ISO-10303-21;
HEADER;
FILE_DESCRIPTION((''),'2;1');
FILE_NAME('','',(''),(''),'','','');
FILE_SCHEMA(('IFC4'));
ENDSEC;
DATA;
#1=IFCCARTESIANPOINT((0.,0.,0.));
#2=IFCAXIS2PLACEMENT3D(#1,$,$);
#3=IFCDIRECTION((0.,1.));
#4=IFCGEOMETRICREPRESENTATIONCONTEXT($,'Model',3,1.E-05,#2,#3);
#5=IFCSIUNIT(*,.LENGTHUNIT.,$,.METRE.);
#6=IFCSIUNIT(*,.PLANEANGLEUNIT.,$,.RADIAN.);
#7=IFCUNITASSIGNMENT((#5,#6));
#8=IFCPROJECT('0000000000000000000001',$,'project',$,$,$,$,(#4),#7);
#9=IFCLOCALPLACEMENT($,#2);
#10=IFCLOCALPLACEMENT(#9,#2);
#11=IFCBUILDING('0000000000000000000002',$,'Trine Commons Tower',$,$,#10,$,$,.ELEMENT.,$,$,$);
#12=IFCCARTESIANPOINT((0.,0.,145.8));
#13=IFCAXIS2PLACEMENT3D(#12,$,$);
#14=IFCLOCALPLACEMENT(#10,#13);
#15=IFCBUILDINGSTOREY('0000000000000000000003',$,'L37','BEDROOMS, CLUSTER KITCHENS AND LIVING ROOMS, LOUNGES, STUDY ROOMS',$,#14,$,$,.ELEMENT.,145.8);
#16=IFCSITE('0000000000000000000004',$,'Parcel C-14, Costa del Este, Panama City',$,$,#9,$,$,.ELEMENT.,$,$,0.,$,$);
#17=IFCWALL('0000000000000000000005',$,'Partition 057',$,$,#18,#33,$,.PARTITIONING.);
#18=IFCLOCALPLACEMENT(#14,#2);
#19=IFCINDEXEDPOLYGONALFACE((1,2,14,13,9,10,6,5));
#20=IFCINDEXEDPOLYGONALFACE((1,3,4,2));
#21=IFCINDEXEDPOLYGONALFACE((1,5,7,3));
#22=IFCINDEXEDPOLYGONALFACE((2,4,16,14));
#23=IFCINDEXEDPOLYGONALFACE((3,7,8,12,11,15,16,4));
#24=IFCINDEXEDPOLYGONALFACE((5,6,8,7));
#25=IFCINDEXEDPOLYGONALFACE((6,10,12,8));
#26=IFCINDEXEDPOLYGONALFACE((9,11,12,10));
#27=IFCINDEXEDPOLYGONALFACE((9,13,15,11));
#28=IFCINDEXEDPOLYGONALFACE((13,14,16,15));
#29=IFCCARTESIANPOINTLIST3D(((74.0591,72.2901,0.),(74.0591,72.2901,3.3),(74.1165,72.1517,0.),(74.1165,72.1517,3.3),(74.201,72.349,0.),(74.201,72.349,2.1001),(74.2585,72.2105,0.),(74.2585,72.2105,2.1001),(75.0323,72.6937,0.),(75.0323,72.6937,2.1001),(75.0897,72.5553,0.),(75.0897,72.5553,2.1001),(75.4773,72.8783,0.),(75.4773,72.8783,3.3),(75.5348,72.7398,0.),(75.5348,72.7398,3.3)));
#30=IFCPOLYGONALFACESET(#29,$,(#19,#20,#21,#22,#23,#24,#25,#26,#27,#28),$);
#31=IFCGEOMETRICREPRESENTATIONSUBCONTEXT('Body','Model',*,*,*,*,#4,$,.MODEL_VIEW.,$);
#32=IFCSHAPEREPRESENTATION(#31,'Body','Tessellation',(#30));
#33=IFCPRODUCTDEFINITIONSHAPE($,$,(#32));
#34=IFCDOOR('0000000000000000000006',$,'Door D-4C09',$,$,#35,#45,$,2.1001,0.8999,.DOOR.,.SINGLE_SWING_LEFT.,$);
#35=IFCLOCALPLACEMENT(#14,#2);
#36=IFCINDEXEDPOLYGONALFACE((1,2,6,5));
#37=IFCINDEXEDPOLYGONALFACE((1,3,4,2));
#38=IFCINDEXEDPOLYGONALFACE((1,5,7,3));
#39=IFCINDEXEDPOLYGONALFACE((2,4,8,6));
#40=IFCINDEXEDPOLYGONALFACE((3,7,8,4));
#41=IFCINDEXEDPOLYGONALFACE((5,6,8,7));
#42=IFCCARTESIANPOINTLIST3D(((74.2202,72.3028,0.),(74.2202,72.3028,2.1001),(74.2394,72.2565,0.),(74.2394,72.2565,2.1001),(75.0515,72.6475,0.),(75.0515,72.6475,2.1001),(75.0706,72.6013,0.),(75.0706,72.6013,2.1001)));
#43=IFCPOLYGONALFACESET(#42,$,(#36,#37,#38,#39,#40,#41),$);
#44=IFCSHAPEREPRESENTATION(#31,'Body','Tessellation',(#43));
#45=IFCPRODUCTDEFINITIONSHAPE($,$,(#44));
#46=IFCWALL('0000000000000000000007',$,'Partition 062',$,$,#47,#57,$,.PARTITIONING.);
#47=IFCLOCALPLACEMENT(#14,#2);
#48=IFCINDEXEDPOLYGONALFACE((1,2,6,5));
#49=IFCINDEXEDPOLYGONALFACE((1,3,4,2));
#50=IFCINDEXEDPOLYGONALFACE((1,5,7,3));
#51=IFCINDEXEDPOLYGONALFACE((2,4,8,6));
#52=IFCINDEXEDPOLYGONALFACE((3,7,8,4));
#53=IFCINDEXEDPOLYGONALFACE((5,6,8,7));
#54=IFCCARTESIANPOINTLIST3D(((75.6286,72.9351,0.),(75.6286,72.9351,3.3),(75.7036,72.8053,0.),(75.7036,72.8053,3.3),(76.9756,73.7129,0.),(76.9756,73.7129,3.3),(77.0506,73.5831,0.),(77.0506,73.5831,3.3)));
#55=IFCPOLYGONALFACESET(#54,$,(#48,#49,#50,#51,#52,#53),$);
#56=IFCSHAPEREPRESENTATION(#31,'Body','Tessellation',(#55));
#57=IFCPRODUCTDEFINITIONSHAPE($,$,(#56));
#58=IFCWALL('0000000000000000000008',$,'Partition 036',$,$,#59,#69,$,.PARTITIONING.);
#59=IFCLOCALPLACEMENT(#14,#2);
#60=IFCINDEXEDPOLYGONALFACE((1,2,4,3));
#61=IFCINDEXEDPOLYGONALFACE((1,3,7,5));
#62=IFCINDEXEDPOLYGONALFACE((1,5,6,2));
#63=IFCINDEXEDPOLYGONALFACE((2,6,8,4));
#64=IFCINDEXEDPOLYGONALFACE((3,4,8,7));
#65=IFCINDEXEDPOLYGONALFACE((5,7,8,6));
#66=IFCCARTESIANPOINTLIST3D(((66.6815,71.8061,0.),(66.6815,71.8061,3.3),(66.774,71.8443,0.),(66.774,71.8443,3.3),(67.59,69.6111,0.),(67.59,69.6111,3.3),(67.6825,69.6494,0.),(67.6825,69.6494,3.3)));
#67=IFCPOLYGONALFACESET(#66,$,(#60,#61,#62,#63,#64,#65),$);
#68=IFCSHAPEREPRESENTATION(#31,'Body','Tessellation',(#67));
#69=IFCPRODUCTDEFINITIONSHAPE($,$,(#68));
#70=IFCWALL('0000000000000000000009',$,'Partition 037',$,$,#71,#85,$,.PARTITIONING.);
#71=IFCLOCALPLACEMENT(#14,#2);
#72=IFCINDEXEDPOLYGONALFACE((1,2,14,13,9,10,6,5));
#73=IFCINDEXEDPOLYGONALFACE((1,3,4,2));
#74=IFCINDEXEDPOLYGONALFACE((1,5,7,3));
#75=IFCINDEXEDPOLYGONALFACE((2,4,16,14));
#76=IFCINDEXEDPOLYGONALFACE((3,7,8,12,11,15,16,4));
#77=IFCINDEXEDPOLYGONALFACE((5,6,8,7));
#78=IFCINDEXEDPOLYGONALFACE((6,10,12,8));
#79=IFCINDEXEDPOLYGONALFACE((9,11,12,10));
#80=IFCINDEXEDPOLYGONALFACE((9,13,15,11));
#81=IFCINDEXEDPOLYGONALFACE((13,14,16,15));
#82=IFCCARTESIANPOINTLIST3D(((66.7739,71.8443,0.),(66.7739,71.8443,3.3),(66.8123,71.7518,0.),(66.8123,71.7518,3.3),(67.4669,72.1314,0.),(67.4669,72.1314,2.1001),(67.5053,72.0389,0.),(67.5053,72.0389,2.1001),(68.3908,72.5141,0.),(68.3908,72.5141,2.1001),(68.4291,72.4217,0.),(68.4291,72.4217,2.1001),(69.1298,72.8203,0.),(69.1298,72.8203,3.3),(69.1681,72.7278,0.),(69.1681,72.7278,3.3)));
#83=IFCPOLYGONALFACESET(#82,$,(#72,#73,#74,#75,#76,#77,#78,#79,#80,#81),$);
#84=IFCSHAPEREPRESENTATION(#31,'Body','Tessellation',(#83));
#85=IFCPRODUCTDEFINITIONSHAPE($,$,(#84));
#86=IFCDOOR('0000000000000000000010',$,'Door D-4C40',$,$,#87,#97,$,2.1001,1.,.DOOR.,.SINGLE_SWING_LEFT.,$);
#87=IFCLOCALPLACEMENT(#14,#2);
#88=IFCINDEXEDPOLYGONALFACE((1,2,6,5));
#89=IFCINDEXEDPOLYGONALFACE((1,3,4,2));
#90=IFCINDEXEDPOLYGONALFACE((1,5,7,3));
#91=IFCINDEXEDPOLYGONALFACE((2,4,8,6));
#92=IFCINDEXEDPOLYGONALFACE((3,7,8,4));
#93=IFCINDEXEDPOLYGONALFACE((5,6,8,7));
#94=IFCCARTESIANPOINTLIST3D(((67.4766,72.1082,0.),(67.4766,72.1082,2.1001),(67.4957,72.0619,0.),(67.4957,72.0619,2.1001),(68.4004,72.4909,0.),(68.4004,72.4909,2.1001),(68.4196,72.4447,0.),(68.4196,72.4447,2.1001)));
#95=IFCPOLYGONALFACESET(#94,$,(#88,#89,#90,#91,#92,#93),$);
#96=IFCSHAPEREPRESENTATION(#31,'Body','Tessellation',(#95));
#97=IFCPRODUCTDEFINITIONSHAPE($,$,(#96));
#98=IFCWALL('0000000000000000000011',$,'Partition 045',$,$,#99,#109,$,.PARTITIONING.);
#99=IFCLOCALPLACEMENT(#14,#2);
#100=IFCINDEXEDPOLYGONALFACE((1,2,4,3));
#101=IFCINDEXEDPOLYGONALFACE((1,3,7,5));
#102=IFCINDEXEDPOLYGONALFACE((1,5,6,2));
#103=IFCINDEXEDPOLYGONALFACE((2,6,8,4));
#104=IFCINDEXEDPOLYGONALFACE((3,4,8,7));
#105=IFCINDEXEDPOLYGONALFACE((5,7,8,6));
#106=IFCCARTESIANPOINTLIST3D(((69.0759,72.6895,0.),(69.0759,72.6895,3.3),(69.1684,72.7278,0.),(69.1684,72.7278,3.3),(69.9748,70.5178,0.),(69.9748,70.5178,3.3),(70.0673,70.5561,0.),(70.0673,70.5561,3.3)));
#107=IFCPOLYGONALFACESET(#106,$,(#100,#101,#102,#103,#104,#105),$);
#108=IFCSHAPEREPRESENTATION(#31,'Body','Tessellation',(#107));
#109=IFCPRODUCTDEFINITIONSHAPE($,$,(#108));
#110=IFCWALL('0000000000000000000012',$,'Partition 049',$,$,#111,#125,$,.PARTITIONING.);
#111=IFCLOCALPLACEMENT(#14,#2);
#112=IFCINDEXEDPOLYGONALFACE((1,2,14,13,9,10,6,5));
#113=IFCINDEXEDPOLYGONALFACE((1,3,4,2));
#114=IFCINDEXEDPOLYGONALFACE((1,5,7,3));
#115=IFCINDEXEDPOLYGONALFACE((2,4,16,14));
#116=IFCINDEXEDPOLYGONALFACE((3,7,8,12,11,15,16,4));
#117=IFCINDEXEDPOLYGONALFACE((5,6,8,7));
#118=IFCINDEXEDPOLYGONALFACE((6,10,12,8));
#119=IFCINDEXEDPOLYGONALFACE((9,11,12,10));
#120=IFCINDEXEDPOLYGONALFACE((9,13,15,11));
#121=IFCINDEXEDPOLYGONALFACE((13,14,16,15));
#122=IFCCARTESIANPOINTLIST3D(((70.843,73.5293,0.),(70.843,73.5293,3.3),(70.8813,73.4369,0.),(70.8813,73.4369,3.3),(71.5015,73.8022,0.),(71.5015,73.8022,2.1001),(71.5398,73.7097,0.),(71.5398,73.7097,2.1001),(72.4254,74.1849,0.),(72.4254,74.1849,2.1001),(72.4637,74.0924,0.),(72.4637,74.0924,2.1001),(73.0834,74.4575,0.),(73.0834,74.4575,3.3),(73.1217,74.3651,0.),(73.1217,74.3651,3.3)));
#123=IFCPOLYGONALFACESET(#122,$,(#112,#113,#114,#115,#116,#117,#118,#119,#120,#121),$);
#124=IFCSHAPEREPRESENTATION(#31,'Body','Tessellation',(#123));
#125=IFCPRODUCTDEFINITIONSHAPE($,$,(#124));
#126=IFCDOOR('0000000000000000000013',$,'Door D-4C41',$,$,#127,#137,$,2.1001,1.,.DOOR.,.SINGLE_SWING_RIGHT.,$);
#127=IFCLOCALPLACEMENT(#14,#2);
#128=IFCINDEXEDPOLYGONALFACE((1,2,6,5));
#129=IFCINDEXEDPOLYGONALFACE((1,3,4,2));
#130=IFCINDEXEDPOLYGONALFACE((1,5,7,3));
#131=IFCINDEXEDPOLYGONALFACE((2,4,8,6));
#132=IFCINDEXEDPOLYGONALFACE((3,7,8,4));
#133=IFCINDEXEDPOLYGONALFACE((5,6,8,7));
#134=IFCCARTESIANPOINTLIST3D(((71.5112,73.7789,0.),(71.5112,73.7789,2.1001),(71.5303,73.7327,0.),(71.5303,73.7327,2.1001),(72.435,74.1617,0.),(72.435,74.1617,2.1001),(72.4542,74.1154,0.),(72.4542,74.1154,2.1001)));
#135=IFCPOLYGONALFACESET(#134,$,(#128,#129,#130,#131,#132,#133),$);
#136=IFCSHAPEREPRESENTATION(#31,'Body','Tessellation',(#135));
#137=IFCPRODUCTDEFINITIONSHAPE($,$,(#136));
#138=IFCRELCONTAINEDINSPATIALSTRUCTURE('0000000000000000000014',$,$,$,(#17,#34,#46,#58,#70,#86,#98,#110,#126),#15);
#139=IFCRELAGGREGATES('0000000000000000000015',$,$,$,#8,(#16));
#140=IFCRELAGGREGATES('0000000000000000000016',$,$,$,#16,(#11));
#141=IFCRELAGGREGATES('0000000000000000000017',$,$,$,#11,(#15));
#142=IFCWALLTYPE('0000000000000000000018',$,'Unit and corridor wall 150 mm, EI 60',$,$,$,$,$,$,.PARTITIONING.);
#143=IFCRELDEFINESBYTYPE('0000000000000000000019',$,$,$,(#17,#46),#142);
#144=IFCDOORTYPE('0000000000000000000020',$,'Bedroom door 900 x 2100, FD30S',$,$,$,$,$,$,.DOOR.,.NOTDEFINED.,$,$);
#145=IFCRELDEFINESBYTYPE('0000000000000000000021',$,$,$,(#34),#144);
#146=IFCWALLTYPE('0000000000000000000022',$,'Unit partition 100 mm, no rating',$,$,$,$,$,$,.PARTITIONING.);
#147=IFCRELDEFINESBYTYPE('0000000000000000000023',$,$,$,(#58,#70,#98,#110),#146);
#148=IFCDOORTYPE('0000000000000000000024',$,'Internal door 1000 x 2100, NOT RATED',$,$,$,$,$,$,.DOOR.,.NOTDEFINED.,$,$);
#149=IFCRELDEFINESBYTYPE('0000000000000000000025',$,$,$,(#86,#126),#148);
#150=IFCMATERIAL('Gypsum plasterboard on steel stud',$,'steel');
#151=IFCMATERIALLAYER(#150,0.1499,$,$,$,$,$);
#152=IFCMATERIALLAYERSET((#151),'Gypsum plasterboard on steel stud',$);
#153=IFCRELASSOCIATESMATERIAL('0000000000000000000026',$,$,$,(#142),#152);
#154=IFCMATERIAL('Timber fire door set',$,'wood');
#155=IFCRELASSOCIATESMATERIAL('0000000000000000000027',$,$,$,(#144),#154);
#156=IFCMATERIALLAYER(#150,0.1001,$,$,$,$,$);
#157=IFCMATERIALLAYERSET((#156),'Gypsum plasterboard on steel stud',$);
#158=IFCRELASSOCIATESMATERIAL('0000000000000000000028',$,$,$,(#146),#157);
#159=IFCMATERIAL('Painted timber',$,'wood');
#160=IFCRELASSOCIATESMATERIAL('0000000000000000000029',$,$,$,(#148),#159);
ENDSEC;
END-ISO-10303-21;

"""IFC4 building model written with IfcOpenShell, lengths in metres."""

from ifc_helpers import new_model, si_unit, direction, frame, frame_2d, origin, place, context, subcontext, project, spatial, rectangle, extrude, material, layer, layer_set, type_object, element, fill, save


model = new_model("IFC4")

# Units and contexts
model_context = context("Model", 3, precision=1e-05, world=origin(), true_north=direction((0.0, 1.0)))
body_context = subcontext(model_context, "Body", "Model", "MODEL_VIEW")
ifc_project = project(units=[si_unit("LENGTHUNIT", "METRE"), si_unit("PLANEANGLEUNIT", "RADIAN")], contexts=[model_context])

# Site, building, storey
site_placement = place(None, origin())
site = spatial("IfcSite", under=ifc_project, at=site_placement, Name="Parcel C-14, Costa del Este, Panama City", CompositionType="ELEMENT", RefElevation=0.0)
building_placement = place(site_placement, origin())
building = spatial("IfcBuilding", under=site, at=building_placement, Name="Trine Commons Tower", CompositionType="ELEMENT")
storey_placement = place(building_placement, frame((0.0, 0.0, 145.8)))
storey = spatial("IfcBuildingStorey", under=building, at=storey_placement, Name="L37", Description="BEDROOMS, CLUSTER KITCHENS AND LIVING ROOMS, LOUNGES, STUDY ROOMS", CompositionType="ELEMENT", Elevation=145.8)

# Shared definitions
ifc_material_1 = material(Name="Gypsum plasterboard on steel stud", Category="steel")
ifc_layer_1 = layer(ifc_material_1, 0.1499)
ifc_layer_set_1 = layer_set([ifc_layer_1], Name="Gypsum plasterboard on steel stud")
wall_type_1 = type_object("IfcWallType", Name="Unit and corridor wall 150 mm, EI 60", PredefinedType="PARTITIONING", material=ifc_layer_set_1)
ifc_material_2 = material(Name="Timber fire door set", Category="wood")

# Wall, opening, door
wall_1_placement = place(storey_placement, frame((74.0879, 72.2209, 0.0), z_axis=(0.0, 0.0, 1.0), x_axis=(0.92372, 0.383068, 0.0)))
wall_1 = element("IfcWall", 1, at=wall_1_placement, inside=storey, type_object=wall_type_1, Name="Partition 057", PredefinedType="PARTITIONING", context=body_context, shape_type="SweptSolid", body=[
    extrude(rectangle(XDim=1.5354, YDim=0.1499, at=frame_2d((0.7676, 0.0))), origin(), (0.0, 0.0, 1.0), 3.3),
])
opening_1_placement = place(wall_1_placement, frame((0.1536, 0.0, 0.0)))
opening_1 = element("IfcOpeningElement", 2, at=opening_1_placement, cuts=wall_1, PredefinedType="OPENING", context=body_context, shape_type="SweptSolid", body=[
    extrude(rectangle(XDim=0.8999, YDim=2.1001, at=frame_2d((0.45, 1.05))), frame((0.0, 0.085, 0.0), z_axis=(0.0, -1.0, 0.0), x_axis=(1.0, 0.0, 0.0)), (0.0, 0.0, 1.0), 0.1699),
])
door_type_1 = type_object("IfcDoorType", Name="Bedroom door 900 x 2100, FD30S", OperationType="NOTDEFINED", PredefinedType="DOOR", material=ifc_material_2)
door_1_placement = place(opening_1_placement, origin())
door_1 = element("IfcDoor", 3, at=door_1_placement, inside=storey, type_object=door_type_1, Name="Door D-4C09", OperationType="SINGLE_SWING_LEFT", OverallHeight=2.1001, OverallWidth=0.8999, PredefinedType="DOOR", context=body_context, shape_type="SweptSolid", body=[
    extrude(rectangle(XDim=0.8999, YDim=2.1001, at=frame_2d((0.45, 1.05))), frame((0.0, 0.0249, 0.0), z_axis=(0.0, -1.0, 0.0), x_axis=(1.0, 0.0, 0.0)), (0.0, 0.0, 1.0), 0.05),
])
fill(opening_1, door_1)

# Walls
wall_2_placement = place(storey_placement, frame((75.666, 72.8701, 0.0), z_axis=(0.0, 0.0, 1.0), x_axis=(0.865974, 0.500089, 0.0)))
element("IfcWall", 4, at=wall_2_placement, inside=storey, type_object=wall_type_1, Name="Partition 062", PredefinedType="PARTITIONING", context=body_context, shape_type="SweptSolid", body=[
    extrude(rectangle(XDim=1.5554, YDim=0.1499, at=frame_2d((0.7778, 0.0))), origin(), (0.0, 0.0, 1.0), 3.3),
])
ifc_layer_2 = layer(ifc_material_1, 0.1001)
ifc_layer_set_2 = layer_set([ifc_layer_2], Name="Gypsum plasterboard on steel stud")
wall_type_2 = type_object("IfcWallType", Name="Unit partition 100 mm, no rating", PredefinedType="PARTITIONING", material=ifc_layer_set_2)
wall_3_placement = place(storey_placement, frame((66.7278, 71.8252, 0.0), z_axis=(0.0, 0.0, 1.0), x_axis=(0.38244, -0.923981, 0.0)))
element("IfcWall", 5, at=wall_3_placement, inside=storey, type_object=wall_type_2, Name="Partition 036", PredefinedType="PARTITIONING", context=body_context, shape_type="SweptSolid", body=[
    extrude(rectangle(XDim=2.3755, YDim=0.1001, at=frame_2d((1.1877, 0.0))), origin(), (0.0, 0.0, 1.0), 3.3),
])

# Wall, opening, door
wall_4_placement = place(storey_placement, frame((66.7932, 71.7981, 0.0), z_axis=(0.0, 0.0, 1.0), x_axis=(0.923851, 0.382752, 0.0)))
wall_4 = element("IfcWall", 6, at=wall_4_placement, inside=storey, type_object=wall_type_2, Name="Partition 037", PredefinedType="PARTITIONING", context=body_context, shape_type="SweptSolid", body=[
    extrude(rectangle(XDim=2.55, YDim=0.1001, at=frame_2d((1.2749, 0.0))), origin(), (0.0, 0.0, 1.0), 3.3),
])
opening_2_placement = place(wall_4_placement, frame((0.75, 0.0, 0.0)))
opening_2 = element("IfcOpeningElement", 7, at=opening_2_placement, cuts=wall_4, PredefinedType="OPENING", context=body_context, shape_type="SweptSolid", body=[
    extrude(rectangle(XDim=1.0, YDim=2.1001, at=frame_2d((0.5, 1.05))), frame((0.0, 0.0601, 0.0), z_axis=(0.0, -1.0, 0.0), x_axis=(1.0, 0.0, 0.0)), (0.0, 0.0, 1.0), 0.1201),
])
ifc_material_3 = material(Name="Painted timber", Category="wood")
door_type_2 = type_object("IfcDoorType", Name="Internal door 1000 x 2100, NOT RATED", OperationType="NOTDEFINED", PredefinedType="DOOR", material=ifc_material_3)
door_2_placement = place(opening_2_placement, origin())
door_2 = element("IfcDoor", 8, at=door_2_placement, inside=storey, type_object=door_type_2, Name="Door D-4C40", OperationType="SINGLE_SWING_LEFT", OverallHeight=2.1001, OverallWidth=1.0, PredefinedType="DOOR", context=body_context, shape_type="SweptSolid", body=[
    extrude(rectangle(XDim=1.0, YDim=2.1001, at=frame_2d((0.5, 1.05))), frame((0.0, 0.0249, 0.0), z_axis=(0.0, -1.0, 0.0), x_axis=(1.0, 0.0, 0.0)), (0.0, 0.0, 1.0), 0.05),
])
fill(opening_2, door_2)

# Wall
wall_5_placement = place(storey_placement, frame((69.1221, 72.7087, 0.0), z_axis=(0.0, 0.0, 1.0), x_axis=(0.382468, -0.923969, 0.0)))
element("IfcWall", 9, at=wall_5_placement, inside=storey, type_object=wall_type_2, Name="Partition 045", PredefinedType="PARTITIONING", context=body_context, shape_type="SweptSolid", body=[
    extrude(rectangle(XDim=2.3503, YDim=0.1001, at=frame_2d((1.1753, 0.0))), origin(), (0.0, 0.0, 1.0), 3.3),
])

# Wall, opening, door
wall_6_placement = place(storey_placement, frame((70.8623, 73.4832, 0.0), z_axis=(0.0, 0.0, 1.0), x_axis=(0.923852, 0.382749, 0.0)))
wall_6 = element("IfcWall", 10, at=wall_6_placement, inside=storey, type_object=wall_type_2, Name="Partition 049", PredefinedType="PARTITIONING", context=body_context, shape_type="SweptSolid", body=[
    extrude(rectangle(XDim=2.425, YDim=0.1001, at=frame_2d((1.2124, 0.0))), origin(), (0.0, 0.0, 1.0), 3.3),
])
opening_3_placement = place(wall_6_placement, frame((0.7126, 0.0, 0.0)))
opening_3 = element("IfcOpeningElement", 11, at=opening_3_placement, cuts=wall_6, PredefinedType="OPENING", context=body_context, shape_type="SweptSolid", body=[
    extrude(rectangle(XDim=1.0, YDim=2.1001, at=frame_2d((0.5, 1.05))), frame((0.0, 0.0601, 0.0), z_axis=(0.0, -1.0, 0.0), x_axis=(1.0, 0.0, 0.0)), (0.0, 0.0, 1.0), 0.1201),
])
door_3_placement = place(opening_3_placement, origin())
door_3 = element("IfcDoor", 12, at=door_3_placement, inside=storey, type_object=door_type_2, Name="Door D-4C41", OperationType="SINGLE_SWING_RIGHT", OverallHeight=2.1001, OverallWidth=1.0, PredefinedType="DOOR", context=body_context, shape_type="SweptSolid", body=[
    extrude(rectangle(XDim=1.0, YDim=2.1001, at=frame_2d((0.5, 1.05))), frame((0.0, 0.0249, 0.0), z_axis=(0.0, -1.0, 0.0), x_axis=(1.0, 0.0, 0.0)), (0.0, 0.0, 1.0), 0.05),
])
fill(opening_3, door_3)

save(model, "model.ifc")
